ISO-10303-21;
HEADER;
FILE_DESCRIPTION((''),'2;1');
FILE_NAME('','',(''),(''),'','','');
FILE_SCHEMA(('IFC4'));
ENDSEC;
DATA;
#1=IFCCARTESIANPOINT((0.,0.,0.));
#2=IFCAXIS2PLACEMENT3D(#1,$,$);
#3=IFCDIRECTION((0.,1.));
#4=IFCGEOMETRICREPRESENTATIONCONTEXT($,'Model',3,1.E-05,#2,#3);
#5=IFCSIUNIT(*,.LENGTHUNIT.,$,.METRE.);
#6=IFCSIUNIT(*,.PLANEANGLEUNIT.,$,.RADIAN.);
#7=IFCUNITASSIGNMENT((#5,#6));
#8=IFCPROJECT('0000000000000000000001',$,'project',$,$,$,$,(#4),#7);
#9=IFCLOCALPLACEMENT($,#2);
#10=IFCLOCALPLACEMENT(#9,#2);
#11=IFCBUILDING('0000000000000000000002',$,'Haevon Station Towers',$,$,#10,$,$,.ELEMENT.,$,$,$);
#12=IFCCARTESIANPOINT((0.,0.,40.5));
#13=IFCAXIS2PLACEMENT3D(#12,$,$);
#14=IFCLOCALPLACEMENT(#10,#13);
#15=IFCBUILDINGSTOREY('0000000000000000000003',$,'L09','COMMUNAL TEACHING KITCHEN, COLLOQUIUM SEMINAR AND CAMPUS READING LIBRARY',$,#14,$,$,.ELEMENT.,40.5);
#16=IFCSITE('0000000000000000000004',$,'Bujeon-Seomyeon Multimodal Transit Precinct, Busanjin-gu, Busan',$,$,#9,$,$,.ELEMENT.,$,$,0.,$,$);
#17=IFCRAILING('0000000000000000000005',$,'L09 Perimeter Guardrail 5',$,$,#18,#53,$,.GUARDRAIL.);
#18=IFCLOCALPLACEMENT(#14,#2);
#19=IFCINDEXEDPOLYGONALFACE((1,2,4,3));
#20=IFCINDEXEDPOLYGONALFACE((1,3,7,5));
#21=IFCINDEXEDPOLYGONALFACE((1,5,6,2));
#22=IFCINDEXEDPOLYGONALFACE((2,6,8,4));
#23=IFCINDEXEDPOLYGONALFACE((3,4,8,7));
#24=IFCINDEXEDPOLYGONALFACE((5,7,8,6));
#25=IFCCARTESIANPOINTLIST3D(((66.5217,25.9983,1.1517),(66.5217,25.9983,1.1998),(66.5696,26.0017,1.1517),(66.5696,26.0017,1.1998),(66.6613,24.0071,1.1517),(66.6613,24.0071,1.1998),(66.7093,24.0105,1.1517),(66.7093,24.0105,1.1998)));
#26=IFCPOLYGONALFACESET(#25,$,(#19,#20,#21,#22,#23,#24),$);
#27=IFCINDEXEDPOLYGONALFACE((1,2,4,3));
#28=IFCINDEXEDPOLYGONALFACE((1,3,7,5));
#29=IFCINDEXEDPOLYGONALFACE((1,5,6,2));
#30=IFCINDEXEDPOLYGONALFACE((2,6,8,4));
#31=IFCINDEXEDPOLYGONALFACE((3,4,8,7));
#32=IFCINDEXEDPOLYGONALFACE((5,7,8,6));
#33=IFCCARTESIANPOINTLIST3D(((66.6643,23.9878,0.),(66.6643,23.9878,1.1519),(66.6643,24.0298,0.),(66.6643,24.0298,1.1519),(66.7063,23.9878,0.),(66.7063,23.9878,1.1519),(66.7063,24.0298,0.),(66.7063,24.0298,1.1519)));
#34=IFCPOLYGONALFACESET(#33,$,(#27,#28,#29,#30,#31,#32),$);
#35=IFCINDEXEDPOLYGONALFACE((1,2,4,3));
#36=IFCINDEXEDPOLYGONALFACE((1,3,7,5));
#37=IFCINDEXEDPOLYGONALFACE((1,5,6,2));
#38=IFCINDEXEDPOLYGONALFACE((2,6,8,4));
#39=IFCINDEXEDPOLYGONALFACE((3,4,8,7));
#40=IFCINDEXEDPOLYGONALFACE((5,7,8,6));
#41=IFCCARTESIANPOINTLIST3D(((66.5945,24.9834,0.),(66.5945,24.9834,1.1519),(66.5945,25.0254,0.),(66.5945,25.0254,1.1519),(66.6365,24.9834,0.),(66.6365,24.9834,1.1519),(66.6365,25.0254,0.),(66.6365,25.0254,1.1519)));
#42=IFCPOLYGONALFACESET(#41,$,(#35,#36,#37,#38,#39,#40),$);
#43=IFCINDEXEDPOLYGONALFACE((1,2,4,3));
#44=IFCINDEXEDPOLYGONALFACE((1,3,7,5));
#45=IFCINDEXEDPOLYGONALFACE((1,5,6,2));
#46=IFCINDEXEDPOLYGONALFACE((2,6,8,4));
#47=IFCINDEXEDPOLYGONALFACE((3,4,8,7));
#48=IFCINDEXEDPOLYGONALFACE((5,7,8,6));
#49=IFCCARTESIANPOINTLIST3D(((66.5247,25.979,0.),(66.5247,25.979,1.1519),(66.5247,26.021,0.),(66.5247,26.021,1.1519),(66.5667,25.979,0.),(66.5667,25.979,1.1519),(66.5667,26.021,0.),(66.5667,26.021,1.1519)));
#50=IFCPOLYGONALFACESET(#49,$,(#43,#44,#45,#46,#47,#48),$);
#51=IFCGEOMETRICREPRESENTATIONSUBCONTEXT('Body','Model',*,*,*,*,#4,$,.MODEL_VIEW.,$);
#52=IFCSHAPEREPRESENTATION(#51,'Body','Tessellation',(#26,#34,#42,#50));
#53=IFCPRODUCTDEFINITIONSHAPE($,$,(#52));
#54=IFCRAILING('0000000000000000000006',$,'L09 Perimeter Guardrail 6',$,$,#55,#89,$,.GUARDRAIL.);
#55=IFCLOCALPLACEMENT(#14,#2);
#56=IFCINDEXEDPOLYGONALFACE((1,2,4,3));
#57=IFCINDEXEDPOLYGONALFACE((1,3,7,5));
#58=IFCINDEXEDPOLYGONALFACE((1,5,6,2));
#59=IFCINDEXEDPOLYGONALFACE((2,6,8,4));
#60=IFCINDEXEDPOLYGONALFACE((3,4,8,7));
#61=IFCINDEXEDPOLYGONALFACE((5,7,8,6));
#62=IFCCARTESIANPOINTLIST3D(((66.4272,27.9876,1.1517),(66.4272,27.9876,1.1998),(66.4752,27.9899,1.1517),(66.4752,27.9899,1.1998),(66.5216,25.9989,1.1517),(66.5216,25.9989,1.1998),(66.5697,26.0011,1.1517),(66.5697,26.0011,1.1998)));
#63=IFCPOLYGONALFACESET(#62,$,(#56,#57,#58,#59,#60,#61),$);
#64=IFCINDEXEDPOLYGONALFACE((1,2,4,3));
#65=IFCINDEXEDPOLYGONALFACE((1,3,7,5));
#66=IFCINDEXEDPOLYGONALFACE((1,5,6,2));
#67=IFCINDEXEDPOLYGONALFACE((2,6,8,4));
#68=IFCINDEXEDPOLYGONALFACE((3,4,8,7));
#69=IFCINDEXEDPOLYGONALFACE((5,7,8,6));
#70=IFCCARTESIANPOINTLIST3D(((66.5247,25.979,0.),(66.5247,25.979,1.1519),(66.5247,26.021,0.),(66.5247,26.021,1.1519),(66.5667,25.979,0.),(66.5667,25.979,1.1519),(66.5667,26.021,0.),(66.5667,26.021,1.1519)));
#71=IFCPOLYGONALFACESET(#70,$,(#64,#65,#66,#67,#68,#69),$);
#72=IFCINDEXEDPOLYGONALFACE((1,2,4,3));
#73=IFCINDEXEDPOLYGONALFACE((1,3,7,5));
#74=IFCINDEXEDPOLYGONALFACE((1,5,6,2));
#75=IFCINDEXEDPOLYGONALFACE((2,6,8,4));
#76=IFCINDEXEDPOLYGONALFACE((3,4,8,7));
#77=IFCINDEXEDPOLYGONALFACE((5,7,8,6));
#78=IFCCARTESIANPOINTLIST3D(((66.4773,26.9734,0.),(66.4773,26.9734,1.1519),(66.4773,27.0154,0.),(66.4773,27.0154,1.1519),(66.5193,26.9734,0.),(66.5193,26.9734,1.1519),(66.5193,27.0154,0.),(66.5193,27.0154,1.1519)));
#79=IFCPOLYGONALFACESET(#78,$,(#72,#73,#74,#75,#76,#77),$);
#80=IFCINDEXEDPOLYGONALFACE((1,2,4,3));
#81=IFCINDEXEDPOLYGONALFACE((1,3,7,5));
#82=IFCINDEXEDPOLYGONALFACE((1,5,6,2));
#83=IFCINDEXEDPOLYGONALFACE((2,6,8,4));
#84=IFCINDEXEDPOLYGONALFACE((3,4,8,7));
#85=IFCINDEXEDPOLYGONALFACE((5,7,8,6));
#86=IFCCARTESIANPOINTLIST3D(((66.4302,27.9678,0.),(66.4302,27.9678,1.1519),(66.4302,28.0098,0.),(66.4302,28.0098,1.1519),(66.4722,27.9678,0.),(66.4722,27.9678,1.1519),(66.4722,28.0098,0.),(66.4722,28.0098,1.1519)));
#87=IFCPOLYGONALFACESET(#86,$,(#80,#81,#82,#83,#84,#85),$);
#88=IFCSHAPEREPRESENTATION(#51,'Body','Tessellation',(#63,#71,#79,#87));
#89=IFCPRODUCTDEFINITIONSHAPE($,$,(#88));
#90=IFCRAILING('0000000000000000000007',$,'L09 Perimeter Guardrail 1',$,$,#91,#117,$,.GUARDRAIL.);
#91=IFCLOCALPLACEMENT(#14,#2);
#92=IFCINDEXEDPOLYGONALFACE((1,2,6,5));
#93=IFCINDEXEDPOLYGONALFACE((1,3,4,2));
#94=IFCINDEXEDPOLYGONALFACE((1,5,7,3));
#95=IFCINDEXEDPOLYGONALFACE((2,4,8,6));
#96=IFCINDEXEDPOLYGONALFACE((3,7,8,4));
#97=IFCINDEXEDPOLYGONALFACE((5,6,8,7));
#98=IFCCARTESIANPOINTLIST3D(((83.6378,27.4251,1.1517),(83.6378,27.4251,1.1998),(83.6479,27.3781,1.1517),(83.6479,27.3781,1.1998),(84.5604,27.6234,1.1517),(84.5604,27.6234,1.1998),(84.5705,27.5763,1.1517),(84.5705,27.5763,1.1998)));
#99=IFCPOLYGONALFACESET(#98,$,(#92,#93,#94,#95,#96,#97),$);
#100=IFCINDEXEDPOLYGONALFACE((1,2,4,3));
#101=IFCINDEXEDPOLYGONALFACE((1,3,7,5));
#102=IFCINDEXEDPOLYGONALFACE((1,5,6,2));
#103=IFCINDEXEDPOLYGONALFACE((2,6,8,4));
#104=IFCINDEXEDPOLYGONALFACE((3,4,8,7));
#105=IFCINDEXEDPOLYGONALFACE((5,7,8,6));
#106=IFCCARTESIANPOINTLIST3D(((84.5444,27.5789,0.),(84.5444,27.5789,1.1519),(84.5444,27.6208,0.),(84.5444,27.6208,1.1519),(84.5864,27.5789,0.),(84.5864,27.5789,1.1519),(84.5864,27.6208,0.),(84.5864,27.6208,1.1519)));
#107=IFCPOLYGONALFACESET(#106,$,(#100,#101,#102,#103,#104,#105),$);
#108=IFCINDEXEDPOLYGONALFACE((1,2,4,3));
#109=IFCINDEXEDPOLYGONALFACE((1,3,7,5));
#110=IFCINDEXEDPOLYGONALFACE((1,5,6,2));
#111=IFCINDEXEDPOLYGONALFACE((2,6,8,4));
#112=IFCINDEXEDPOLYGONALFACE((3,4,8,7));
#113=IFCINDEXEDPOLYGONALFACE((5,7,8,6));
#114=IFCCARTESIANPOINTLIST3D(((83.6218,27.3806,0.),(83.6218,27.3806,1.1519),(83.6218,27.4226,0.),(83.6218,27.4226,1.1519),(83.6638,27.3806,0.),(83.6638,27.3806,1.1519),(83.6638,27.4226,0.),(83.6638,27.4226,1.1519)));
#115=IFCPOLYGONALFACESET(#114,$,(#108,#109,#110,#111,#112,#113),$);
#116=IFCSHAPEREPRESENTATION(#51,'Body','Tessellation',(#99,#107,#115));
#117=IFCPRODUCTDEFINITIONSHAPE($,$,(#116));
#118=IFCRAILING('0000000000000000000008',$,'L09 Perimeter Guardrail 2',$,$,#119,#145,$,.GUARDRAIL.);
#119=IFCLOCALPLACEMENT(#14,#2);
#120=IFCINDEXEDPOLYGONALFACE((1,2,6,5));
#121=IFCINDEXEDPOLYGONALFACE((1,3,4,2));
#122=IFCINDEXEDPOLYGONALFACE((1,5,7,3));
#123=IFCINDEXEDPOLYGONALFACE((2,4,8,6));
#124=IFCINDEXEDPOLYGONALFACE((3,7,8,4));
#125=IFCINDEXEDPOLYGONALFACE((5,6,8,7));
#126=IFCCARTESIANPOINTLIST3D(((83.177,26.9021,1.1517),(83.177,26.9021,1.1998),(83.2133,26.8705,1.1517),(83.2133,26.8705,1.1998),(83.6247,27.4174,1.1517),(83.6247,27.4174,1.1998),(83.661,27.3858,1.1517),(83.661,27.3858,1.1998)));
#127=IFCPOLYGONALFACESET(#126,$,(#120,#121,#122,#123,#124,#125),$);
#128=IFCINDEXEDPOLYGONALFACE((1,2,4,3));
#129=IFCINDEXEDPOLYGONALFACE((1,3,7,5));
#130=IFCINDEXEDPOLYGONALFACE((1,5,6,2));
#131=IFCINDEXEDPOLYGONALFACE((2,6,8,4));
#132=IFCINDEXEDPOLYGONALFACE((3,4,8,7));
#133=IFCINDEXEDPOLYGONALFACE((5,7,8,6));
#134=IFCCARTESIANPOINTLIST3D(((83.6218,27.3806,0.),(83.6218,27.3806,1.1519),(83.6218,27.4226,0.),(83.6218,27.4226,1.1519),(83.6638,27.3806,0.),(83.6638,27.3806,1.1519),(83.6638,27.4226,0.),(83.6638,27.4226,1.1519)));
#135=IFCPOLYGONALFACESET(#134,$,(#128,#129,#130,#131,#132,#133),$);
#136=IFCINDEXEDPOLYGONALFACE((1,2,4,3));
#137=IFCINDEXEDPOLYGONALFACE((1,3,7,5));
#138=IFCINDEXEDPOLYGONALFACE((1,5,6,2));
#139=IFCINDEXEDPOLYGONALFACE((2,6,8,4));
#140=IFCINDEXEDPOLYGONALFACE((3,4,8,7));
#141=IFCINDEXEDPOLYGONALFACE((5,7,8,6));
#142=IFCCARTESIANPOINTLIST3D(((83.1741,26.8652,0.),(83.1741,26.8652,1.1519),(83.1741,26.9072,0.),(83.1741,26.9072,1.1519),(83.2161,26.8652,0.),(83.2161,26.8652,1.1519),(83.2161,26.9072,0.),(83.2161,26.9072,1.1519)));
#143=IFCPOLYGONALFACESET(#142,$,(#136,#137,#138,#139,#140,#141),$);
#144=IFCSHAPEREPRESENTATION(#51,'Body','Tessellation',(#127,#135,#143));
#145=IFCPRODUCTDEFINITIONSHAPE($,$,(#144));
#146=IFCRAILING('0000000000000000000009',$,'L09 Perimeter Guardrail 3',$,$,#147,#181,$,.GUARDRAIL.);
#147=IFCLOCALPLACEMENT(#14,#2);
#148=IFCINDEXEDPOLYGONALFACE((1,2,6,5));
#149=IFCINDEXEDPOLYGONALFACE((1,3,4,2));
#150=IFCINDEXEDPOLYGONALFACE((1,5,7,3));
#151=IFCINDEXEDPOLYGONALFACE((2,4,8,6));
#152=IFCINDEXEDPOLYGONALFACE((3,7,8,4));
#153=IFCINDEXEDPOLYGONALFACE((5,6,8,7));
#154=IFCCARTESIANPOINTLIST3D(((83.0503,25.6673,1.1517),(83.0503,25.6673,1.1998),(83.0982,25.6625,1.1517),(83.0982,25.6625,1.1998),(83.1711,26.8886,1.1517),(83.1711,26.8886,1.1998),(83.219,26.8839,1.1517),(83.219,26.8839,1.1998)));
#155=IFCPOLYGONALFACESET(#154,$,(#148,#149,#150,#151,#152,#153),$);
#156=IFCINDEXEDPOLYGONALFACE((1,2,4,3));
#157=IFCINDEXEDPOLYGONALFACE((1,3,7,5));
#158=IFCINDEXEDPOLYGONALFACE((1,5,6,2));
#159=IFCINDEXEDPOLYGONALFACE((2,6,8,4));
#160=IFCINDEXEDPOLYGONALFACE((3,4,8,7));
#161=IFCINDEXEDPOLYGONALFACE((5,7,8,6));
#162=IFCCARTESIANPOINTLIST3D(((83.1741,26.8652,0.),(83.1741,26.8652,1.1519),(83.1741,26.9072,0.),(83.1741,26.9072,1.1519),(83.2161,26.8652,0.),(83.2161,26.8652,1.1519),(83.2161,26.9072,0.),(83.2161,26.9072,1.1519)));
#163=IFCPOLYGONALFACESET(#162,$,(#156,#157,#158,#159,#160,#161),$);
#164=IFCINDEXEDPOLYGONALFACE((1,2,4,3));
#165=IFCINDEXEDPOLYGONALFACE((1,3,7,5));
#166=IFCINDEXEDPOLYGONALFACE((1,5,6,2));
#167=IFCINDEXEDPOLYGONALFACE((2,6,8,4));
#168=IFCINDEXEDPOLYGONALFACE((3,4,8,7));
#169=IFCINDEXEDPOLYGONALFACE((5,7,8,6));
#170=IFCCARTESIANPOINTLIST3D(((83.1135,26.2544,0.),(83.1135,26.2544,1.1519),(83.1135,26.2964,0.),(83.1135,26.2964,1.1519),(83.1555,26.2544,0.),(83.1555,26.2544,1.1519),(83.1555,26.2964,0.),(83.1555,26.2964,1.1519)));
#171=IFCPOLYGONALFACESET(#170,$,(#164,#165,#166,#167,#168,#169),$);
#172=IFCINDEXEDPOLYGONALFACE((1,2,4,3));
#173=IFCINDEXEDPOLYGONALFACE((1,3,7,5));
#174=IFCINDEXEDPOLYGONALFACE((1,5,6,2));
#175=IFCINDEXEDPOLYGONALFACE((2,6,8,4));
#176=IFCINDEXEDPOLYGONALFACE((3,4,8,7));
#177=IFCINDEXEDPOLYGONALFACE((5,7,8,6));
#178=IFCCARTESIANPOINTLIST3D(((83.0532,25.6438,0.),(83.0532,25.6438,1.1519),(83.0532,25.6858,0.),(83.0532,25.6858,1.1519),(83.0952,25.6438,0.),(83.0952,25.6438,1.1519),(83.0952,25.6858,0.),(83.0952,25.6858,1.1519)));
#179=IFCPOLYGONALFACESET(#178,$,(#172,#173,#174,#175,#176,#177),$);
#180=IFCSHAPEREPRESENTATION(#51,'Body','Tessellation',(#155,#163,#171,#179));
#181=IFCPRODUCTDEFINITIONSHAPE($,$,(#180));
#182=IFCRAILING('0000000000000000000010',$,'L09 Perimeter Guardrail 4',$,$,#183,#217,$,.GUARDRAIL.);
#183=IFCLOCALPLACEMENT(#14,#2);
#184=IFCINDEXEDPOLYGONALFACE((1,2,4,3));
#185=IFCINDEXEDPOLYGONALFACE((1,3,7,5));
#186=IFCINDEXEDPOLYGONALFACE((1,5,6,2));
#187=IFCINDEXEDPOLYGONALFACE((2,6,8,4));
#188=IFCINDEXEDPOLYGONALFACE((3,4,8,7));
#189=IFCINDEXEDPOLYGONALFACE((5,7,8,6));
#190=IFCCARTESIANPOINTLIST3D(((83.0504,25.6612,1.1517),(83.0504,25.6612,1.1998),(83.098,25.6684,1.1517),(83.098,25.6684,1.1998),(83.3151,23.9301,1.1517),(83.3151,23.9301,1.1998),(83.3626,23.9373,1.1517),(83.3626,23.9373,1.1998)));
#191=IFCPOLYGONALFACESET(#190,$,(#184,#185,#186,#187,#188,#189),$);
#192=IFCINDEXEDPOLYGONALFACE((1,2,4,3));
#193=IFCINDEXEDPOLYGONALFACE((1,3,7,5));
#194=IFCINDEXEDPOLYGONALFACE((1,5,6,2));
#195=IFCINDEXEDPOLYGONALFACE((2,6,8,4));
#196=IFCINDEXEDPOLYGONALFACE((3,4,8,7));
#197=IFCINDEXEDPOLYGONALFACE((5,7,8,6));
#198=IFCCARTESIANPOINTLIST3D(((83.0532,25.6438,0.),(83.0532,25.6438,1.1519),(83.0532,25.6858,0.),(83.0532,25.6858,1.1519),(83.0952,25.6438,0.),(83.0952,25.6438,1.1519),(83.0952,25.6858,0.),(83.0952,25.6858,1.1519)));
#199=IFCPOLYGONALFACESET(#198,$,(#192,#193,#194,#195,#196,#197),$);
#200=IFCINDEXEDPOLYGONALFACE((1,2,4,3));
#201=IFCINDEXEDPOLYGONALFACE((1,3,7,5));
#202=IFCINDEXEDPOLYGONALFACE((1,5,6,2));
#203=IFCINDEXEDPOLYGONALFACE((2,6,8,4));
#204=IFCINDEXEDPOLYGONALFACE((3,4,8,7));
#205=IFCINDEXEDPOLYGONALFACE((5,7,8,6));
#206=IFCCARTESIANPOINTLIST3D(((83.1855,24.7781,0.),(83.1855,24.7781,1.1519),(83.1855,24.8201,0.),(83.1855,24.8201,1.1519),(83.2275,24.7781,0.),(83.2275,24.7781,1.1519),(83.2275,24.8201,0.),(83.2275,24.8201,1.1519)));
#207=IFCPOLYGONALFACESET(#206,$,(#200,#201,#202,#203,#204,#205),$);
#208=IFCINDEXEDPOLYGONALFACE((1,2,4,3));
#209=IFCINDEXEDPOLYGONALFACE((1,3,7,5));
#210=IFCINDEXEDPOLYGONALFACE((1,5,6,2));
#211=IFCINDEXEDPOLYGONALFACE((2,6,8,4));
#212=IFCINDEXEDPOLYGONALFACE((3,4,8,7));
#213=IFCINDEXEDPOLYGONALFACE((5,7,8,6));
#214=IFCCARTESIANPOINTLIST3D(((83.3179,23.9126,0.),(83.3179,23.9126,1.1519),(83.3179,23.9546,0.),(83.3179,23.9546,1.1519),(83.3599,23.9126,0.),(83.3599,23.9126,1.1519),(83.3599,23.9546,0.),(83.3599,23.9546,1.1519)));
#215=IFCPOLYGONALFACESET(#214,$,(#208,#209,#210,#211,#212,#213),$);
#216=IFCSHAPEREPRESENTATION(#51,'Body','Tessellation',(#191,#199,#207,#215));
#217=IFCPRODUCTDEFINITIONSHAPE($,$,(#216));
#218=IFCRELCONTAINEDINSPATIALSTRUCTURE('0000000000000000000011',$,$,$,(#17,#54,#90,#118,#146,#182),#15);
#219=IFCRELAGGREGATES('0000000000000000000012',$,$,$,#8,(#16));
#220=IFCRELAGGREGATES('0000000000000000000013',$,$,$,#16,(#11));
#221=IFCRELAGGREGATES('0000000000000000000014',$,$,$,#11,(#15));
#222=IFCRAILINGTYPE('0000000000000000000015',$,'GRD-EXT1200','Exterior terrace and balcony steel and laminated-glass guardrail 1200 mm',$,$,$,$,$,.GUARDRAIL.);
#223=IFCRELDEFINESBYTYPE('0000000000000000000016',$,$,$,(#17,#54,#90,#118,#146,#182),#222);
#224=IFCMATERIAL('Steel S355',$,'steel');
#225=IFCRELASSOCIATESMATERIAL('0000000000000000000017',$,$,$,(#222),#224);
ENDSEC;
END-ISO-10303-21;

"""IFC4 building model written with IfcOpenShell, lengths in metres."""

from ifc_helpers import new_model, si_unit, direction, frame, origin, origin_2d, place, context, subcontext, project, spatial, rectangle, extrude, material, type_object, element, save


model = new_model("IFC4")

# Units and contexts
model_context = context("Model", 3, precision=1e-05, world=origin(), true_north=direction((0.0, 1.0)))
body_context = subcontext(model_context, "Body", "Model", "MODEL_VIEW")
ifc_project = project(units=[si_unit("LENGTHUNIT", "METRE"), si_unit("PLANEANGLEUNIT", "RADIAN")], contexts=[model_context])

# Site, building, storey
site_placement = place(None, origin())
site = spatial("IfcSite", under=ifc_project, at=site_placement, Name="Bujeon-Seomyeon Multimodal Transit Precinct, Busanjin-gu, Busan", CompositionType="ELEMENT", RefElevation=0.0)
building_placement = place(site_placement, origin())
building = spatial("IfcBuilding", under=site, at=building_placement, Name="Haevon Station Towers", CompositionType="ELEMENT")
storey_placement = place(building_placement, frame((0.0, 0.0, 40.5)))
storey = spatial("IfcBuildingStorey", under=building, at=storey_placement, Name="L09", Description="COMMUNAL TEACHING KITCHEN, COLLOQUIUM SEMINAR AND CAMPUS READING LIBRARY", CompositionType="ELEMENT", Elevation=40.5)

# Shared definitions
ifc_material_1 = material(Name="Steel S355", Category="steel")

# Railings
railing_type = type_object("IfcRailingType", Name="GRD-EXT1200", Description="Exterior terrace and balcony steel and laminated-glass guardrail 1200 mm", PredefinedType="GUARDRAIL", material=ifc_material_1)
railing_1_placement = place(storey_placement, frame((66.6853, 24.0088, 0.0)))
element("IfcRailing", 1, at=railing_1_placement, inside=storey, type_object=railing_type, Name="L09 Perimeter Guardrail 5", PredefinedType="GUARDRAIL", context=body_context, shape_type="SweptSolid", body=[
    extrude(rectangle(XDim=0.0481, YDim=0.0481, at=origin_2d()), frame((0.0, 0.0, 1.1758), z_axis=(-0.069961, 0.99755, 0.0), x_axis=(-0.99755, -0.069961, 0.0)), (0.0, 0.0, 1.0), 1.9961),
    extrude(rectangle(XDim=0.042, YDim=0.042, at=origin_2d()), origin(), (0.0, 0.0, 1.0), 1.1519),
    extrude(rectangle(XDim=0.042, YDim=0.042, at=origin_2d()), frame((-0.0698, 0.9956, 0.0)), (0.0, 0.0, 1.0), 1.1519),
    extrude(rectangle(XDim=0.042, YDim=0.042, at=origin_2d()), frame((-0.1396, 1.9912, 0.0)), (0.0, 0.0, 1.0), 1.1519),
])
railing_2_placement = place(storey_placement, frame((66.5457, 26.0, 0.0)))
element("IfcRailing", 2, at=railing_2_placement, inside=storey, type_object=railing_type, Name="L09 Perimeter Guardrail 6", PredefinedType="GUARDRAIL", context=body_context, shape_type="SweptSolid", body=[
    extrude(rectangle(XDim=0.0481, YDim=0.0481, at=origin_2d()), frame((0.0, 0.0, 1.1758), z_axis=(-0.047454, 0.998873, 0.0), x_axis=(-0.998873, -0.047454, 0.0)), (0.0, 0.0, 1.0), 1.991),
    extrude(rectangle(XDim=0.042, YDim=0.042, at=origin_2d()), origin(), (0.0, 0.0, 1.0), 1.1519),
    extrude(rectangle(XDim=0.042, YDim=0.042, at=origin_2d()), frame((-0.0474, 0.9944, 0.0)), (0.0, 0.0, 1.0), 1.1519),
    extrude(rectangle(XDim=0.042, YDim=0.042, at=origin_2d()), frame((-0.0945, 1.9888, 0.0)), (0.0, 0.0, 1.0), 1.1519),
])
railing_3_placement = place(storey_placement, frame((84.5654, 27.5999, 0.0)))
element("IfcRailing", 3, at=railing_3_placement, inside=storey, type_object=railing_type, Name="L09 Perimeter Guardrail 1", PredefinedType="GUARDRAIL", context=body_context, shape_type="SweptSolid", body=[
    extrude(rectangle(XDim=0.0481, YDim=0.0481, at=origin_2d()), frame((0.0, 0.0, 1.1758), z_axis=(-0.977685, -0.210077, 0.0), x_axis=(0.210077, -0.977685, 0.0)), (0.0, 0.0, 1.0), 0.9436),
    extrude(rectangle(XDim=0.042, YDim=0.042, at=origin_2d()), origin(), (0.0, 0.0, 1.0), 1.1519),
    extrude(rectangle(XDim=0.042, YDim=0.042, at=origin_2d()), frame((-0.9226, -0.1982, 0.0)), (0.0, 0.0, 1.0), 1.1519),
])
railing_4_placement = place(storey_placement, frame((83.6428, 27.4016, 0.0)))
element("IfcRailing", 4, at=railing_4_placement, inside=storey, type_object=railing_type, Name="L09 Perimeter Guardrail 2", PredefinedType="GUARDRAIL", context=body_context, shape_type="SweptSolid", body=[
    extrude(rectangle(XDim=0.0481, YDim=0.0481, at=origin_2d()), frame((0.0, 0.0, 1.1758), z_axis=(-0.655842, -0.754898, 0.0), x_axis=(0.754898, -0.655842, 0.0)), (0.0, 0.0, 1.0), 0.6826),
    extrude(rectangle(XDim=0.042, YDim=0.042, at=origin_2d()), origin(), (0.0, 0.0, 1.0), 1.1519),
    extrude(rectangle(XDim=0.042, YDim=0.042, at=origin_2d()), frame((-0.4478, -0.5154, 0.0)), (0.0, 0.0, 1.0), 1.1519),
])
railing_5_placement = place(storey_placement, frame((83.1951, 26.8862, 0.0)))
element("IfcRailing", 5, at=railing_5_placement, inside=storey, type_object=railing_type, Name="L09 Perimeter Guardrail 3", PredefinedType="GUARDRAIL", context=body_context, shape_type="SweptSolid", body=[
    extrude(rectangle(XDim=0.0481, YDim=0.0481, at=origin_2d()), frame((0.0, 0.0, 1.1758), z_axis=(-0.09846, -0.995141, 0.0), x_axis=(0.995141, -0.09846, 0.0)), (0.0, 0.0, 1.0), 1.2273),
    extrude(rectangle(XDim=0.042, YDim=0.042, at=origin_2d()), origin(), (0.0, 0.0, 1.0), 1.1519),
    extrude(rectangle(XDim=0.042, YDim=0.042, at=origin_2d()), frame((-0.0605, -0.6108, 0.0)), (0.0, 0.0, 1.0), 1.1519),
    extrude(rectangle(XDim=0.042, YDim=0.042, at=origin_2d()), frame((-0.1208, -1.2214, 0.0)), (0.0, 0.0, 1.0), 1.1519),
])
railing_6_placement = place(storey_placement, frame((83.0742, 25.6648, 0.0)))
element("IfcRailing", 6, at=railing_6_placement, inside=storey, type_object=railing_type, Name="L09 Perimeter Guardrail 4", PredefinedType="GUARDRAIL", context=body_context, shape_type="SweptSolid", body=[
    extrude(rectangle(XDim=0.0481, YDim=0.0481, at=origin_2d()), frame((0.0, 0.0, 1.1758), z_axis=(0.151114, -0.988516, 0.0), x_axis=(0.988516, 0.151114, 0.0)), (0.0, 0.0, 1.0), 1.7512),
    extrude(rectangle(XDim=0.042, YDim=0.042, at=origin_2d()), origin(), (0.0, 0.0, 1.0), 1.1519),
    extrude(rectangle(XDim=0.042, YDim=0.042, at=origin_2d()), frame((0.1323, -0.8657, 0.0)), (0.0, 0.0, 1.0), 1.1519),
    extrude(rectangle(XDim=0.042, YDim=0.042, at=origin_2d()), frame((0.2646, -1.7312, 0.0)), (0.0, 0.0, 1.0), 1.1519),
])

save(model, "model.ifc")
